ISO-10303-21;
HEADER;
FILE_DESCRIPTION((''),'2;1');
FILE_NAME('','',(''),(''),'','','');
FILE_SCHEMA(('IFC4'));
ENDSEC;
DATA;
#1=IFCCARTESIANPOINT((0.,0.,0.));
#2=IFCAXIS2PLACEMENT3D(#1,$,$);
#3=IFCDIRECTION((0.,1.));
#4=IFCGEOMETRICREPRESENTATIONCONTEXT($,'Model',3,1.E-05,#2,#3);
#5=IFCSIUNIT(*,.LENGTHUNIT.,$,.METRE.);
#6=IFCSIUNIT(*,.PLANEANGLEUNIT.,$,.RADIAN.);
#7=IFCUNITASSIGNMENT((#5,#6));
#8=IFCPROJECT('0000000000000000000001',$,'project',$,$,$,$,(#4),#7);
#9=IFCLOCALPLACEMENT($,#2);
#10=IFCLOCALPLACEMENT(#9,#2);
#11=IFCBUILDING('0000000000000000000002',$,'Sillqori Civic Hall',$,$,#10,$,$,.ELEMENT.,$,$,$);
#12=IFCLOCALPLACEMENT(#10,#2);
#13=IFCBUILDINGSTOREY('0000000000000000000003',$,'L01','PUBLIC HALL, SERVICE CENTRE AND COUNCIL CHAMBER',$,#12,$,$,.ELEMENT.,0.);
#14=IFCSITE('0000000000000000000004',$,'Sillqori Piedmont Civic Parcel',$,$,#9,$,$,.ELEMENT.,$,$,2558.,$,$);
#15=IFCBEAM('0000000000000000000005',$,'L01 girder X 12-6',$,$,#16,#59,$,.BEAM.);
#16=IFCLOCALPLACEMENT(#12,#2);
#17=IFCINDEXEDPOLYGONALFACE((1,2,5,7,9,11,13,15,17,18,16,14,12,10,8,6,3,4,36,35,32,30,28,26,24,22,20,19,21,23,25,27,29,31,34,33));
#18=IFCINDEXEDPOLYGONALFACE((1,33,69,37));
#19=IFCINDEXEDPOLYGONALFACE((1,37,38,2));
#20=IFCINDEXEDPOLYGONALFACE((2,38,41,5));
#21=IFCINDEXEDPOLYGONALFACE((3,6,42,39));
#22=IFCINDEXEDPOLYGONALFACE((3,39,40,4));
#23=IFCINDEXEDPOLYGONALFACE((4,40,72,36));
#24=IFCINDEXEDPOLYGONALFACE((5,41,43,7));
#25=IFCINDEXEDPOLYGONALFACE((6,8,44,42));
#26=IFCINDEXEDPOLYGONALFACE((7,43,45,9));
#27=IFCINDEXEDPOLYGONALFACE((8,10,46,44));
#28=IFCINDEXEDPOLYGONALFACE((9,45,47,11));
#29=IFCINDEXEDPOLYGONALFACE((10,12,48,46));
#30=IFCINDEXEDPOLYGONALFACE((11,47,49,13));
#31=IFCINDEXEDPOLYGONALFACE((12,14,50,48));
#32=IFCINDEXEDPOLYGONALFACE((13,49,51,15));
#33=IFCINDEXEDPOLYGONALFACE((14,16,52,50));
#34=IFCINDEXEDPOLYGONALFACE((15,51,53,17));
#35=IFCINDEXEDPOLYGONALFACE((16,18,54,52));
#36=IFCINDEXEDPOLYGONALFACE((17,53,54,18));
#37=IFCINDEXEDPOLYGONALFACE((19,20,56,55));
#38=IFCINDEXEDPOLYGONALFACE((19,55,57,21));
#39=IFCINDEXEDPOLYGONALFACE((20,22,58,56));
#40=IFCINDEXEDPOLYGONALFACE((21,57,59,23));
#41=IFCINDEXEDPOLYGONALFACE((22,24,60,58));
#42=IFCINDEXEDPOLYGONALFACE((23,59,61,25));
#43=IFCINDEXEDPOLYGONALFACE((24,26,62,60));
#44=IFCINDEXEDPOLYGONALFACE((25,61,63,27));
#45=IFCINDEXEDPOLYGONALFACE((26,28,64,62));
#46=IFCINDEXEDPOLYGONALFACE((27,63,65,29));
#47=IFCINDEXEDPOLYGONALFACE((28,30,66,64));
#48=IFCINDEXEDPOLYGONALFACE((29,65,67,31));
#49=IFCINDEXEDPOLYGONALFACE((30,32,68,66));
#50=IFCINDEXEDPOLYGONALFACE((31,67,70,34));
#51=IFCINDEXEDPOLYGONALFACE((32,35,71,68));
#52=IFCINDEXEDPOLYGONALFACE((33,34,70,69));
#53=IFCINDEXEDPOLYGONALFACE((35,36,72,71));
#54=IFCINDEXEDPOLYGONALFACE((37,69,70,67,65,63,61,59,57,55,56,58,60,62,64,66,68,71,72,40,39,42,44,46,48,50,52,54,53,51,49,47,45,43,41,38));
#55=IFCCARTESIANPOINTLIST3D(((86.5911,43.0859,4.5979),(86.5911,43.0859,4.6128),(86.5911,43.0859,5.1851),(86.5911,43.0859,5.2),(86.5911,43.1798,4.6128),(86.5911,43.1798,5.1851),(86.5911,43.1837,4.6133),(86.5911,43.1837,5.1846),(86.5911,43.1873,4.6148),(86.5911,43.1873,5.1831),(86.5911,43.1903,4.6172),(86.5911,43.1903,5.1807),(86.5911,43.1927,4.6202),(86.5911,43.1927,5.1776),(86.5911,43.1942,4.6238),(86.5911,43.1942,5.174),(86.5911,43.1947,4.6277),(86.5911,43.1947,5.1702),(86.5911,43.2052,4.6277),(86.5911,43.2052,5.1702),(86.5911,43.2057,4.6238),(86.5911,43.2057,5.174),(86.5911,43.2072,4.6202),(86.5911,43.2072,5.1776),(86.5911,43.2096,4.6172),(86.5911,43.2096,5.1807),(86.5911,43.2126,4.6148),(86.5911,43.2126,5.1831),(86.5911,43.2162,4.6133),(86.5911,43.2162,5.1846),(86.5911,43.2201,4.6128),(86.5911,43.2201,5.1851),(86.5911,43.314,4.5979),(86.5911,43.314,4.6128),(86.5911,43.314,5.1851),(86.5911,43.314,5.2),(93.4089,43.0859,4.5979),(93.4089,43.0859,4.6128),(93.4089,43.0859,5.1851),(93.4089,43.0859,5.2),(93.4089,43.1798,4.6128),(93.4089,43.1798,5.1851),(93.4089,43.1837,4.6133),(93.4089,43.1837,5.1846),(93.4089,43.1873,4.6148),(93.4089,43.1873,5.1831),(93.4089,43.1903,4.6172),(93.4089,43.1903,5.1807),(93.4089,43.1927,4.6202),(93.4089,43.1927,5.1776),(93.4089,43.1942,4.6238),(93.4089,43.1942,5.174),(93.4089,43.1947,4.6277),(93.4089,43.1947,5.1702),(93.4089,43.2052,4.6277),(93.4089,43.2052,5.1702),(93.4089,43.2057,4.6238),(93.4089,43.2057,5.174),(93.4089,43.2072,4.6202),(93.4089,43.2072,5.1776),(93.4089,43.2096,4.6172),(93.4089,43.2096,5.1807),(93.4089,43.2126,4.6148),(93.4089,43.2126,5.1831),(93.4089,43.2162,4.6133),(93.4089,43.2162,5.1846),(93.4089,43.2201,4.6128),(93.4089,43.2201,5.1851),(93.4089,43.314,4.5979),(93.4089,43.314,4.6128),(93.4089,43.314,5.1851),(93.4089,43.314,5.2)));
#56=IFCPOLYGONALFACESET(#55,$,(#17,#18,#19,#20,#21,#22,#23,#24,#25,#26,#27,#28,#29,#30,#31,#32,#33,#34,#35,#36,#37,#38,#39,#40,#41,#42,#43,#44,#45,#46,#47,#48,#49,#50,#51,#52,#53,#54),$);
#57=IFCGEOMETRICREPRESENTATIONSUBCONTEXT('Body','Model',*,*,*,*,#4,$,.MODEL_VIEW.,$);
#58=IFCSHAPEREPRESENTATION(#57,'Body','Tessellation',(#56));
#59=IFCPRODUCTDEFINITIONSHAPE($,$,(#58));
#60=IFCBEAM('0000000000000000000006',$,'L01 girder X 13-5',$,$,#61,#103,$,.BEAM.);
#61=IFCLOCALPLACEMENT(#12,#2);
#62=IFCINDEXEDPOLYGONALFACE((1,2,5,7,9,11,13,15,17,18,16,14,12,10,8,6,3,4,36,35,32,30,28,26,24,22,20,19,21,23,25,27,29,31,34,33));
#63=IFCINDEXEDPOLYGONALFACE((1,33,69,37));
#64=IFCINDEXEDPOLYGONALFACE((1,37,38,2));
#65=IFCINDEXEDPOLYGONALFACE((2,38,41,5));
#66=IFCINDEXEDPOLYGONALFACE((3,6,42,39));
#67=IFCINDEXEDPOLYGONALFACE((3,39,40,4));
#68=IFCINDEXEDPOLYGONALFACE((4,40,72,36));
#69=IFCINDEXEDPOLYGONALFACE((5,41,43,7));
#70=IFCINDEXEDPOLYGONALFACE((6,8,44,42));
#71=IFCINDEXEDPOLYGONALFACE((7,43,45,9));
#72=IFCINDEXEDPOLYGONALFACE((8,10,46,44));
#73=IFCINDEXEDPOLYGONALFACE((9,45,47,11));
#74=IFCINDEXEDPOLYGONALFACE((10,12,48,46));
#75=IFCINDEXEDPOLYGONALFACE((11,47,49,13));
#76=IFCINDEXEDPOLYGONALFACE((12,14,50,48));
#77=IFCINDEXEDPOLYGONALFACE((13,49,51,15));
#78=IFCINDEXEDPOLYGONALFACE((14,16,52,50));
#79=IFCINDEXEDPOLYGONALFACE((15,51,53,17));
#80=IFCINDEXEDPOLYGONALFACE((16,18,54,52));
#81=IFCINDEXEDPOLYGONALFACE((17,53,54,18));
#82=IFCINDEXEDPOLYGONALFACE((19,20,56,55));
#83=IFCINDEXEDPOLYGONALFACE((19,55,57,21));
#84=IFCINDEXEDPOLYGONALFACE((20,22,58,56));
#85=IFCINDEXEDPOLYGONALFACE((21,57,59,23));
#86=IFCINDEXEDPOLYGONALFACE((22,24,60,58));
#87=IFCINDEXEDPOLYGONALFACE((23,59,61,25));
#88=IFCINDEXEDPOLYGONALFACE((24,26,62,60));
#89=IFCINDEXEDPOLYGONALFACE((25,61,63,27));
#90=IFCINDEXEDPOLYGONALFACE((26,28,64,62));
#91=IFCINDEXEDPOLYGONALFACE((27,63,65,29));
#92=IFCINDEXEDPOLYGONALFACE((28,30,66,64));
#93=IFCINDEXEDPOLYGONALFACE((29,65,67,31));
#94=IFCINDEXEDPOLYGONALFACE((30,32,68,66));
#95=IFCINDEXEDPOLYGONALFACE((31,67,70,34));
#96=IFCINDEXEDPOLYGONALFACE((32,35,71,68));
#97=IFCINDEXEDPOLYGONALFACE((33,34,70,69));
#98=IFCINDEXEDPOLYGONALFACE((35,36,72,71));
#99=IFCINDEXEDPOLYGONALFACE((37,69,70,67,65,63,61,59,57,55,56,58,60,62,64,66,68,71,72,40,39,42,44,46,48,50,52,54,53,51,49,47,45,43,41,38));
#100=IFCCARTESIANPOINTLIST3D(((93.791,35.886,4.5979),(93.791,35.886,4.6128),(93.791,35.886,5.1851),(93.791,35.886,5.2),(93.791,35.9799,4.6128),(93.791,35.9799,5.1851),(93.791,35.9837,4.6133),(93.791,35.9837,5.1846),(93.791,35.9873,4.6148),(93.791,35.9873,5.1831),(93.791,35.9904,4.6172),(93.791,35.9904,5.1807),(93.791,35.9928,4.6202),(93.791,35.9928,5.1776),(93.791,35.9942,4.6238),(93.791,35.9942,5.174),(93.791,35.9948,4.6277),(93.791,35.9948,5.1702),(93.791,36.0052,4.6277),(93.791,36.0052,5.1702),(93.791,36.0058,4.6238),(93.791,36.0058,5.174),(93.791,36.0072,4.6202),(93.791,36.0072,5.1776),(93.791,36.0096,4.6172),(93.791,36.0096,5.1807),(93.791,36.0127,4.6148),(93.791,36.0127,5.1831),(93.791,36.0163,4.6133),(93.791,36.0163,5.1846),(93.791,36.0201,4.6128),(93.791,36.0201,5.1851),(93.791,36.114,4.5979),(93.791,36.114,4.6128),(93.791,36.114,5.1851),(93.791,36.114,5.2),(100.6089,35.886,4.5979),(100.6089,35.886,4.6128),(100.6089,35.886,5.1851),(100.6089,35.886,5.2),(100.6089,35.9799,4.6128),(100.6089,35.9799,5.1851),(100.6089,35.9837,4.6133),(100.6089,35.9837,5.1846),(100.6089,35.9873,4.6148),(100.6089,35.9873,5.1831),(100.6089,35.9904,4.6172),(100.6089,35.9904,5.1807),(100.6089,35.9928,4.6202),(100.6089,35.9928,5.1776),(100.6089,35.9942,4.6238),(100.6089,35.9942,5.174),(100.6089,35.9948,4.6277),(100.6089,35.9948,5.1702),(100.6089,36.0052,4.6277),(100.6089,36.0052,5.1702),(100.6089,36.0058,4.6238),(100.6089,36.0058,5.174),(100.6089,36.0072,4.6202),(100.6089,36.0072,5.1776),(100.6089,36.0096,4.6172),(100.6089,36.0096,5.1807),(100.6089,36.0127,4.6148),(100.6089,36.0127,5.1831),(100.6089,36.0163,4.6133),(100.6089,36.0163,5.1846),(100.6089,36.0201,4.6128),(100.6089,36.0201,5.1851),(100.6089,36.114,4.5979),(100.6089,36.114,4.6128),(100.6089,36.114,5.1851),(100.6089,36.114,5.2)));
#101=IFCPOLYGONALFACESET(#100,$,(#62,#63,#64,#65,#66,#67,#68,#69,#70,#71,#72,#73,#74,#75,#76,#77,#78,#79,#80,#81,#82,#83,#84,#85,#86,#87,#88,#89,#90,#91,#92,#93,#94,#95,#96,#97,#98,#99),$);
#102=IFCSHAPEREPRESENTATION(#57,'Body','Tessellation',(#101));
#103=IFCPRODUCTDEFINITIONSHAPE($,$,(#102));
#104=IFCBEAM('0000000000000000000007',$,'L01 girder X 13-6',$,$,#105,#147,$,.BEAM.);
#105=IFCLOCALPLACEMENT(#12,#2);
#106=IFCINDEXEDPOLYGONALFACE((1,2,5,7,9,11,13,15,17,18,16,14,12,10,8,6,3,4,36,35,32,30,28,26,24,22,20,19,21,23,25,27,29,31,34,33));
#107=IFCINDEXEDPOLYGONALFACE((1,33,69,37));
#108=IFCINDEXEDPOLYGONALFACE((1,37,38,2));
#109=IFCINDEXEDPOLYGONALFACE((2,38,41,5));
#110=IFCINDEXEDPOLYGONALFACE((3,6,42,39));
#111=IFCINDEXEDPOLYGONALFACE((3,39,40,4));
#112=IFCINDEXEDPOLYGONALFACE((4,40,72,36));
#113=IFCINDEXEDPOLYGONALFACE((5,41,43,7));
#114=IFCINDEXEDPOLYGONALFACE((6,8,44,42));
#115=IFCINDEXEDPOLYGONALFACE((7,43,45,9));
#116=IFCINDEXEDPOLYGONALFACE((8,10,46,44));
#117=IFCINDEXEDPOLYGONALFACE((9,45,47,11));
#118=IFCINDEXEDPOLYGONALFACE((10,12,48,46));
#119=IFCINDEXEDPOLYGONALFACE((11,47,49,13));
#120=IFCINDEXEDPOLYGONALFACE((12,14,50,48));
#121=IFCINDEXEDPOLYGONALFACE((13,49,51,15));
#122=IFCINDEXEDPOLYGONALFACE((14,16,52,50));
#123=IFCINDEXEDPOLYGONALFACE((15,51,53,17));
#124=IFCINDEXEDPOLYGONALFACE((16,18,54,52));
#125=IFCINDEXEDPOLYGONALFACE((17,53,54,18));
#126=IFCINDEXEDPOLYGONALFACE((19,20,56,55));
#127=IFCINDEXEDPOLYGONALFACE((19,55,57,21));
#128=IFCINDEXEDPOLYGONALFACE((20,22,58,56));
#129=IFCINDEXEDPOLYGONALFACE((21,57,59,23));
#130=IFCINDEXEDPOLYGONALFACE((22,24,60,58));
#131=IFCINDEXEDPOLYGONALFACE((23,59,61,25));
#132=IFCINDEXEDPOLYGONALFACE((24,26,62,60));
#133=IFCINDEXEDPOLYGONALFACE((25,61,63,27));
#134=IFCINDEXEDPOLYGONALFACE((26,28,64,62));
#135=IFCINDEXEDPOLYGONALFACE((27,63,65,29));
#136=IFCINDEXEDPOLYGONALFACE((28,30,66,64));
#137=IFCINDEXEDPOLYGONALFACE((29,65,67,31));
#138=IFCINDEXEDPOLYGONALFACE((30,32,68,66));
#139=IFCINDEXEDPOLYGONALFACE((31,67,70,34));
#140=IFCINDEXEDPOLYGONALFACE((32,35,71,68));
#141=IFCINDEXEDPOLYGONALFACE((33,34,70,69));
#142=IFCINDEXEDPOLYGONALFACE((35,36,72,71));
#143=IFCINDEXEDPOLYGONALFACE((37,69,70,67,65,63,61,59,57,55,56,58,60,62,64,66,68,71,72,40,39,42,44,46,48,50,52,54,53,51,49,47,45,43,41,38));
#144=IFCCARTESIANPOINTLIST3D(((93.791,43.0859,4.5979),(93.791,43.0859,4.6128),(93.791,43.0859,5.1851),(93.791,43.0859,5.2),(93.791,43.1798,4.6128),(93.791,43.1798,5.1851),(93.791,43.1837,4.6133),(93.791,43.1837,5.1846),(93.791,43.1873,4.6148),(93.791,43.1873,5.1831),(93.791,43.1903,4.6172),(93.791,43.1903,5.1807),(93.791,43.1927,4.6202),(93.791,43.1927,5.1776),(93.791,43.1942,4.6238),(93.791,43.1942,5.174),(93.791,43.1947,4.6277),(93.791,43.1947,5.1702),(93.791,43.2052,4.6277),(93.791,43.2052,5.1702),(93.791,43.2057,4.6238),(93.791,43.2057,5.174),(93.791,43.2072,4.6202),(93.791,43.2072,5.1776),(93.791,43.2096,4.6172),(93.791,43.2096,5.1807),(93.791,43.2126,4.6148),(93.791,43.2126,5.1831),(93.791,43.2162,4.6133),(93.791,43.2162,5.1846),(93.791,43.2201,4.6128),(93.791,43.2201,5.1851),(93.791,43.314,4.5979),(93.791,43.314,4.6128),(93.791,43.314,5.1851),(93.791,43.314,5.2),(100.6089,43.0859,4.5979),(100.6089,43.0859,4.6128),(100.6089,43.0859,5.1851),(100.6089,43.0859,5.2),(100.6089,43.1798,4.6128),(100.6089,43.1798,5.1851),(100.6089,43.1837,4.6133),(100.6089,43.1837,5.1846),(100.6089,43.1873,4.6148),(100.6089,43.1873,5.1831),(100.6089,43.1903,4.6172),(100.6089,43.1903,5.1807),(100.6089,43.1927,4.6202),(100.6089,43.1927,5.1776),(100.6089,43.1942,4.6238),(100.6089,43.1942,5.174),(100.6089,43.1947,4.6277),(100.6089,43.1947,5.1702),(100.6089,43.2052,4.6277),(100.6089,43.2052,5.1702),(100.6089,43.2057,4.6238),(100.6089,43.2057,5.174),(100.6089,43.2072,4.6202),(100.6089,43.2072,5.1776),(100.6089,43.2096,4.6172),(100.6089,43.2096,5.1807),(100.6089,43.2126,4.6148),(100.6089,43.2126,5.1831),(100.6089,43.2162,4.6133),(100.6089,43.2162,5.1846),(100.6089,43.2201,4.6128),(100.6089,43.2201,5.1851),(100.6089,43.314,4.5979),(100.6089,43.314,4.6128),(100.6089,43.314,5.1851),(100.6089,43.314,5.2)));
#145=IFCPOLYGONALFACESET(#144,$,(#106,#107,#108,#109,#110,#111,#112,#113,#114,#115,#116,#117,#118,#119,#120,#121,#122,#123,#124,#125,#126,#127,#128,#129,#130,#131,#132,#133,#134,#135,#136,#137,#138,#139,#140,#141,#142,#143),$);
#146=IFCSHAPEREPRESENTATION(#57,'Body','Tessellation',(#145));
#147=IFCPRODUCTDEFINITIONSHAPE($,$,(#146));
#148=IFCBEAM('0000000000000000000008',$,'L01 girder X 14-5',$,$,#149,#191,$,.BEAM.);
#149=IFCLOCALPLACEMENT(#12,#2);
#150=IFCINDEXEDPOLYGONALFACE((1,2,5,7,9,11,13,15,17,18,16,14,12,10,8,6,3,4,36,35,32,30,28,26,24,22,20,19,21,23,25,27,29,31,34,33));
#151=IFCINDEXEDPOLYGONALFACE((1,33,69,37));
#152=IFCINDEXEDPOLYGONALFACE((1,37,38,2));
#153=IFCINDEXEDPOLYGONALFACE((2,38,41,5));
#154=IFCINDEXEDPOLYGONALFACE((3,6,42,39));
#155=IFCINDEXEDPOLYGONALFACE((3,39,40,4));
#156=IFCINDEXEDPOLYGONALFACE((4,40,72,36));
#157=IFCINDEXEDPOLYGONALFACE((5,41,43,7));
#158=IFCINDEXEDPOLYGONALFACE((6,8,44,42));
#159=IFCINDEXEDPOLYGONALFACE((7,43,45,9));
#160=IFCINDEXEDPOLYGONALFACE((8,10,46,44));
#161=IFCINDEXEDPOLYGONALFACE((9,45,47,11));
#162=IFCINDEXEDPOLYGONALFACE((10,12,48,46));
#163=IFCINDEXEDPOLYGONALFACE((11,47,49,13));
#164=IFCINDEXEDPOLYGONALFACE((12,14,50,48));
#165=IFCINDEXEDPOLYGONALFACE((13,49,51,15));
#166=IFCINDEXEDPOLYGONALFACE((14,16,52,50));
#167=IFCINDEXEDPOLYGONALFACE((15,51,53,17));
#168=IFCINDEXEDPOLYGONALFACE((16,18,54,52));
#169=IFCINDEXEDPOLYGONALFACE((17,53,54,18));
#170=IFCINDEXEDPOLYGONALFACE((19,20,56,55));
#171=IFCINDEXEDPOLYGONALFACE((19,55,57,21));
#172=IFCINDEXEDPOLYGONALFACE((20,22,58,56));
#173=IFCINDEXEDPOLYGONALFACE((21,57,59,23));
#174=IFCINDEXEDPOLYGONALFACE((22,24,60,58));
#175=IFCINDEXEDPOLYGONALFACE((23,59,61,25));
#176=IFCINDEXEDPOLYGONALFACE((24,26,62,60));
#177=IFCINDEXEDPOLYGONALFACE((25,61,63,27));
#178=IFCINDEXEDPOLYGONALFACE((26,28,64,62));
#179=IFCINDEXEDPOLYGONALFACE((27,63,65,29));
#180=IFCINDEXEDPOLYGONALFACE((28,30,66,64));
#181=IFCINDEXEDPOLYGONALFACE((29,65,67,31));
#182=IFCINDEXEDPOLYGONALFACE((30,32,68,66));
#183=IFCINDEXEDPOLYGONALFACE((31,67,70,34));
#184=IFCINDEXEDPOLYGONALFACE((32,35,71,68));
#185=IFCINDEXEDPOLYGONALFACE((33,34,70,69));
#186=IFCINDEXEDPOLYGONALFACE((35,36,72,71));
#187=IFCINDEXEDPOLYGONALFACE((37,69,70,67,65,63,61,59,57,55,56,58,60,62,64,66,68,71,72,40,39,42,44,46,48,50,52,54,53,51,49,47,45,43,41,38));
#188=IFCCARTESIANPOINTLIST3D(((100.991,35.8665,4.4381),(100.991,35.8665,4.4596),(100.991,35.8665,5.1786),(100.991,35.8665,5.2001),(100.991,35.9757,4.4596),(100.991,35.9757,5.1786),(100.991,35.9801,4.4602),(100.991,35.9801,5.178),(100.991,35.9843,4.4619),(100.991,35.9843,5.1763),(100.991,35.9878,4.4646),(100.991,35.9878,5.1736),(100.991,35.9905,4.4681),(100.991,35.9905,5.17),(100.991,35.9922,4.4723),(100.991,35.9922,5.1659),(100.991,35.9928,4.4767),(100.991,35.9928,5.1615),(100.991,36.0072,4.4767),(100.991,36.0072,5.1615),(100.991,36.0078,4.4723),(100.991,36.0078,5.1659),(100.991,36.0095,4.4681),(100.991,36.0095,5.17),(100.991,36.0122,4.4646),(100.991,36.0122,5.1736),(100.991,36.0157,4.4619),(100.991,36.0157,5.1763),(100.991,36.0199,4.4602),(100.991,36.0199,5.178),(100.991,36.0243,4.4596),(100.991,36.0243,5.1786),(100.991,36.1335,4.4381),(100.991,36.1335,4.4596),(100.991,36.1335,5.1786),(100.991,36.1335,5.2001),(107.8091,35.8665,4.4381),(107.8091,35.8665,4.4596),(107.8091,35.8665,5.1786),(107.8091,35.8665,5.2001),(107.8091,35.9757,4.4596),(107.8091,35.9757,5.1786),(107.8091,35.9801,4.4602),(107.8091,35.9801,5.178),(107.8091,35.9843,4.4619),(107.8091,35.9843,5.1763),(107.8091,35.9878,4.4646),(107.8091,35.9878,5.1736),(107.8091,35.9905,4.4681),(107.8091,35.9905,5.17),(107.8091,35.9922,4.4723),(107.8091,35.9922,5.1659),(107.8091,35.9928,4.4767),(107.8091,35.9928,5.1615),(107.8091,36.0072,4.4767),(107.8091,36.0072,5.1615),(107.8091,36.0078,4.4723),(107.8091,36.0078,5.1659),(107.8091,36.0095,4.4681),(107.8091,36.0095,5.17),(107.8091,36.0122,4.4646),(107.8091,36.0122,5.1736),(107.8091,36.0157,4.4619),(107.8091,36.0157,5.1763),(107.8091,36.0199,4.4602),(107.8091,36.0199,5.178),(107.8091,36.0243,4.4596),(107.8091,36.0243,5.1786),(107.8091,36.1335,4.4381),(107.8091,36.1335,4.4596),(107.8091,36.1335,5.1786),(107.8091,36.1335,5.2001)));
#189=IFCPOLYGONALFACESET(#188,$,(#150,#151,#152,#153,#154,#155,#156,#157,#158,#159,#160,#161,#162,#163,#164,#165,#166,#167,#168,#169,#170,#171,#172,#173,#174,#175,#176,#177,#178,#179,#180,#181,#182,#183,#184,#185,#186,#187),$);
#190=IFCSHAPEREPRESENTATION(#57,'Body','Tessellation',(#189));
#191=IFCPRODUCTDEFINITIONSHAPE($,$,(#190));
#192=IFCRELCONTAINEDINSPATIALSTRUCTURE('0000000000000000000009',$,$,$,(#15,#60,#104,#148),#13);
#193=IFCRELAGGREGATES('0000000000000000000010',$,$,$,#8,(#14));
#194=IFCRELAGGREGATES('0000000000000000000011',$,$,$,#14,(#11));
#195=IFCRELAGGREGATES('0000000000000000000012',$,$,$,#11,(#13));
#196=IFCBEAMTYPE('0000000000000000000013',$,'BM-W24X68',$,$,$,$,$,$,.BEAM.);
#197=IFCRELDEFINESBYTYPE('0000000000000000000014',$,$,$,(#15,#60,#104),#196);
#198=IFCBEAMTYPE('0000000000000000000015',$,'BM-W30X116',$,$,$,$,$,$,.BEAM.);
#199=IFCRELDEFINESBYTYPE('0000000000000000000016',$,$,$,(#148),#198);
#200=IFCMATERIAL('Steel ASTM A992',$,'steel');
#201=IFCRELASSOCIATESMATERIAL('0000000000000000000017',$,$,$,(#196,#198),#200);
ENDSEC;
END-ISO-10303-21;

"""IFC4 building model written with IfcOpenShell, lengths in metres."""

from ifc_helpers import new_model, si_unit, direction, frame, origin, origin_2d, place, context, subcontext, project, spatial, i_section, extrude, material, material_profile, profile_set, type_object, element, save


model = new_model("IFC4")

# Units and contexts
model_context = context("Model", 3, precision=1e-05, world=origin(), true_north=direction((0.0, 1.0)))
body_context = subcontext(model_context, "Body", "Model", "MODEL_VIEW")
ifc_project = project(units=[si_unit("LENGTHUNIT", "METRE"), si_unit("PLANEANGLEUNIT", "RADIAN")], contexts=[model_context])

# Site, building, storey
site_placement = place(None, origin())
site = spatial("IfcSite", under=ifc_project, at=site_placement, Name="Sillqori Piedmont Civic Parcel", CompositionType="ELEMENT", RefElevation=2558.0)
building_placement = place(site_placement, origin())
building = spatial("IfcBuilding", under=site, at=building_placement, Name="Sillqori Civic Hall", CompositionType="ELEMENT")
storey_placement = place(building_placement, origin())
storey = spatial("IfcBuildingStorey", under=building, at=storey_placement, Name="L01", Description="PUBLIC HALL, SERVICE CENTRE AND COUNCIL CHAMBER", CompositionType="ELEMENT", Elevation=0.0)

# Shared definitions
ifc_material_1 = material(Name="Steel ASTM A992", Category="steel")

# Beams
ifc_material_profile_1 = material_profile(ifc_material_1, i_section(OverallWidth=0.228, OverallDepth=0.6021, WebThickness=0.0105, FlangeThickness=0.0149, FilletRadius=0.0149, at=origin_2d()), Name="W24X68")
ifc_profile_set_1 = profile_set([ifc_material_profile_1], Name="Steel ASTM A992")
beam_type_1 = type_object("IfcBeamType", Name="BM-W24X68", PredefinedType="BEAM", material=ifc_profile_set_1)
for number, where, z_axis, x_axis, name in (
    (1, (86.5911, 43.2, 4.8989), (1.0, 0.0, 0.0), (0.0, 1.0, 0.0), "L01 girder X 12-6"),
    (2, (93.791, 36.0, 4.8989), (1.0, 0.0, 0.0), (0.0, 1.0, 0.0), "L01 girder X 13-5"),
    (3, (93.791, 43.2, 4.8989), (1.0, 0.0, 0.0), (0.0, 1.0, 0.0), "L01 girder X 13-6"),
):
    element("IfcBeam", number, at=place(storey_placement, frame(where, z_axis=z_axis, x_axis=x_axis)), inside=storey, type_object=beam_type_1, Name=name, PredefinedType="BEAM", context=body_context, shape_type="SweptSolid", body=[
        extrude(i_section(OverallWidth=0.228, OverallDepth=0.6021, WebThickness=0.0105, FlangeThickness=0.0149, FilletRadius=0.0149, at=origin_2d()), origin(), (0.0, 0.0, 1.0), 6.8179),
    ])
ifc_material_profile_2 = material_profile(ifc_material_1, i_section(OverallWidth=0.2671, OverallDepth=0.762, WebThickness=0.0144, FlangeThickness=0.0215, FilletRadius=0.0171, at=origin_2d()), Name="W30X116")
ifc_profile_set_2 = profile_set([ifc_material_profile_2], Name="Steel ASTM A992")
beam_type_2 = type_object("IfcBeamType", Name="BM-W30X116", PredefinedType="BEAM", material=ifc_profile_set_2)
for number, where, z_axis, x_axis, name in (
    (4, (100.991, 36.0, 4.8191), (1.0, 0.0, 0.0), (0.0, 1.0, 0.0), "L01 girder X 14-5"),
):
    element("IfcBeam", number, at=place(storey_placement, frame(where, z_axis=z_axis, x_axis=x_axis)), inside=storey, type_object=beam_type_2, Name=name, PredefinedType="BEAM", context=body_context, shape_type="SweptSolid", body=[
        extrude(i_section(OverallWidth=0.2671, OverallDepth=0.762, WebThickness=0.0144, FlangeThickness=0.0215, FilletRadius=0.0171, at=origin_2d()), origin(), (0.0, 0.0, 1.0), 6.8181),
    ])

save(model, "model.ifc")
